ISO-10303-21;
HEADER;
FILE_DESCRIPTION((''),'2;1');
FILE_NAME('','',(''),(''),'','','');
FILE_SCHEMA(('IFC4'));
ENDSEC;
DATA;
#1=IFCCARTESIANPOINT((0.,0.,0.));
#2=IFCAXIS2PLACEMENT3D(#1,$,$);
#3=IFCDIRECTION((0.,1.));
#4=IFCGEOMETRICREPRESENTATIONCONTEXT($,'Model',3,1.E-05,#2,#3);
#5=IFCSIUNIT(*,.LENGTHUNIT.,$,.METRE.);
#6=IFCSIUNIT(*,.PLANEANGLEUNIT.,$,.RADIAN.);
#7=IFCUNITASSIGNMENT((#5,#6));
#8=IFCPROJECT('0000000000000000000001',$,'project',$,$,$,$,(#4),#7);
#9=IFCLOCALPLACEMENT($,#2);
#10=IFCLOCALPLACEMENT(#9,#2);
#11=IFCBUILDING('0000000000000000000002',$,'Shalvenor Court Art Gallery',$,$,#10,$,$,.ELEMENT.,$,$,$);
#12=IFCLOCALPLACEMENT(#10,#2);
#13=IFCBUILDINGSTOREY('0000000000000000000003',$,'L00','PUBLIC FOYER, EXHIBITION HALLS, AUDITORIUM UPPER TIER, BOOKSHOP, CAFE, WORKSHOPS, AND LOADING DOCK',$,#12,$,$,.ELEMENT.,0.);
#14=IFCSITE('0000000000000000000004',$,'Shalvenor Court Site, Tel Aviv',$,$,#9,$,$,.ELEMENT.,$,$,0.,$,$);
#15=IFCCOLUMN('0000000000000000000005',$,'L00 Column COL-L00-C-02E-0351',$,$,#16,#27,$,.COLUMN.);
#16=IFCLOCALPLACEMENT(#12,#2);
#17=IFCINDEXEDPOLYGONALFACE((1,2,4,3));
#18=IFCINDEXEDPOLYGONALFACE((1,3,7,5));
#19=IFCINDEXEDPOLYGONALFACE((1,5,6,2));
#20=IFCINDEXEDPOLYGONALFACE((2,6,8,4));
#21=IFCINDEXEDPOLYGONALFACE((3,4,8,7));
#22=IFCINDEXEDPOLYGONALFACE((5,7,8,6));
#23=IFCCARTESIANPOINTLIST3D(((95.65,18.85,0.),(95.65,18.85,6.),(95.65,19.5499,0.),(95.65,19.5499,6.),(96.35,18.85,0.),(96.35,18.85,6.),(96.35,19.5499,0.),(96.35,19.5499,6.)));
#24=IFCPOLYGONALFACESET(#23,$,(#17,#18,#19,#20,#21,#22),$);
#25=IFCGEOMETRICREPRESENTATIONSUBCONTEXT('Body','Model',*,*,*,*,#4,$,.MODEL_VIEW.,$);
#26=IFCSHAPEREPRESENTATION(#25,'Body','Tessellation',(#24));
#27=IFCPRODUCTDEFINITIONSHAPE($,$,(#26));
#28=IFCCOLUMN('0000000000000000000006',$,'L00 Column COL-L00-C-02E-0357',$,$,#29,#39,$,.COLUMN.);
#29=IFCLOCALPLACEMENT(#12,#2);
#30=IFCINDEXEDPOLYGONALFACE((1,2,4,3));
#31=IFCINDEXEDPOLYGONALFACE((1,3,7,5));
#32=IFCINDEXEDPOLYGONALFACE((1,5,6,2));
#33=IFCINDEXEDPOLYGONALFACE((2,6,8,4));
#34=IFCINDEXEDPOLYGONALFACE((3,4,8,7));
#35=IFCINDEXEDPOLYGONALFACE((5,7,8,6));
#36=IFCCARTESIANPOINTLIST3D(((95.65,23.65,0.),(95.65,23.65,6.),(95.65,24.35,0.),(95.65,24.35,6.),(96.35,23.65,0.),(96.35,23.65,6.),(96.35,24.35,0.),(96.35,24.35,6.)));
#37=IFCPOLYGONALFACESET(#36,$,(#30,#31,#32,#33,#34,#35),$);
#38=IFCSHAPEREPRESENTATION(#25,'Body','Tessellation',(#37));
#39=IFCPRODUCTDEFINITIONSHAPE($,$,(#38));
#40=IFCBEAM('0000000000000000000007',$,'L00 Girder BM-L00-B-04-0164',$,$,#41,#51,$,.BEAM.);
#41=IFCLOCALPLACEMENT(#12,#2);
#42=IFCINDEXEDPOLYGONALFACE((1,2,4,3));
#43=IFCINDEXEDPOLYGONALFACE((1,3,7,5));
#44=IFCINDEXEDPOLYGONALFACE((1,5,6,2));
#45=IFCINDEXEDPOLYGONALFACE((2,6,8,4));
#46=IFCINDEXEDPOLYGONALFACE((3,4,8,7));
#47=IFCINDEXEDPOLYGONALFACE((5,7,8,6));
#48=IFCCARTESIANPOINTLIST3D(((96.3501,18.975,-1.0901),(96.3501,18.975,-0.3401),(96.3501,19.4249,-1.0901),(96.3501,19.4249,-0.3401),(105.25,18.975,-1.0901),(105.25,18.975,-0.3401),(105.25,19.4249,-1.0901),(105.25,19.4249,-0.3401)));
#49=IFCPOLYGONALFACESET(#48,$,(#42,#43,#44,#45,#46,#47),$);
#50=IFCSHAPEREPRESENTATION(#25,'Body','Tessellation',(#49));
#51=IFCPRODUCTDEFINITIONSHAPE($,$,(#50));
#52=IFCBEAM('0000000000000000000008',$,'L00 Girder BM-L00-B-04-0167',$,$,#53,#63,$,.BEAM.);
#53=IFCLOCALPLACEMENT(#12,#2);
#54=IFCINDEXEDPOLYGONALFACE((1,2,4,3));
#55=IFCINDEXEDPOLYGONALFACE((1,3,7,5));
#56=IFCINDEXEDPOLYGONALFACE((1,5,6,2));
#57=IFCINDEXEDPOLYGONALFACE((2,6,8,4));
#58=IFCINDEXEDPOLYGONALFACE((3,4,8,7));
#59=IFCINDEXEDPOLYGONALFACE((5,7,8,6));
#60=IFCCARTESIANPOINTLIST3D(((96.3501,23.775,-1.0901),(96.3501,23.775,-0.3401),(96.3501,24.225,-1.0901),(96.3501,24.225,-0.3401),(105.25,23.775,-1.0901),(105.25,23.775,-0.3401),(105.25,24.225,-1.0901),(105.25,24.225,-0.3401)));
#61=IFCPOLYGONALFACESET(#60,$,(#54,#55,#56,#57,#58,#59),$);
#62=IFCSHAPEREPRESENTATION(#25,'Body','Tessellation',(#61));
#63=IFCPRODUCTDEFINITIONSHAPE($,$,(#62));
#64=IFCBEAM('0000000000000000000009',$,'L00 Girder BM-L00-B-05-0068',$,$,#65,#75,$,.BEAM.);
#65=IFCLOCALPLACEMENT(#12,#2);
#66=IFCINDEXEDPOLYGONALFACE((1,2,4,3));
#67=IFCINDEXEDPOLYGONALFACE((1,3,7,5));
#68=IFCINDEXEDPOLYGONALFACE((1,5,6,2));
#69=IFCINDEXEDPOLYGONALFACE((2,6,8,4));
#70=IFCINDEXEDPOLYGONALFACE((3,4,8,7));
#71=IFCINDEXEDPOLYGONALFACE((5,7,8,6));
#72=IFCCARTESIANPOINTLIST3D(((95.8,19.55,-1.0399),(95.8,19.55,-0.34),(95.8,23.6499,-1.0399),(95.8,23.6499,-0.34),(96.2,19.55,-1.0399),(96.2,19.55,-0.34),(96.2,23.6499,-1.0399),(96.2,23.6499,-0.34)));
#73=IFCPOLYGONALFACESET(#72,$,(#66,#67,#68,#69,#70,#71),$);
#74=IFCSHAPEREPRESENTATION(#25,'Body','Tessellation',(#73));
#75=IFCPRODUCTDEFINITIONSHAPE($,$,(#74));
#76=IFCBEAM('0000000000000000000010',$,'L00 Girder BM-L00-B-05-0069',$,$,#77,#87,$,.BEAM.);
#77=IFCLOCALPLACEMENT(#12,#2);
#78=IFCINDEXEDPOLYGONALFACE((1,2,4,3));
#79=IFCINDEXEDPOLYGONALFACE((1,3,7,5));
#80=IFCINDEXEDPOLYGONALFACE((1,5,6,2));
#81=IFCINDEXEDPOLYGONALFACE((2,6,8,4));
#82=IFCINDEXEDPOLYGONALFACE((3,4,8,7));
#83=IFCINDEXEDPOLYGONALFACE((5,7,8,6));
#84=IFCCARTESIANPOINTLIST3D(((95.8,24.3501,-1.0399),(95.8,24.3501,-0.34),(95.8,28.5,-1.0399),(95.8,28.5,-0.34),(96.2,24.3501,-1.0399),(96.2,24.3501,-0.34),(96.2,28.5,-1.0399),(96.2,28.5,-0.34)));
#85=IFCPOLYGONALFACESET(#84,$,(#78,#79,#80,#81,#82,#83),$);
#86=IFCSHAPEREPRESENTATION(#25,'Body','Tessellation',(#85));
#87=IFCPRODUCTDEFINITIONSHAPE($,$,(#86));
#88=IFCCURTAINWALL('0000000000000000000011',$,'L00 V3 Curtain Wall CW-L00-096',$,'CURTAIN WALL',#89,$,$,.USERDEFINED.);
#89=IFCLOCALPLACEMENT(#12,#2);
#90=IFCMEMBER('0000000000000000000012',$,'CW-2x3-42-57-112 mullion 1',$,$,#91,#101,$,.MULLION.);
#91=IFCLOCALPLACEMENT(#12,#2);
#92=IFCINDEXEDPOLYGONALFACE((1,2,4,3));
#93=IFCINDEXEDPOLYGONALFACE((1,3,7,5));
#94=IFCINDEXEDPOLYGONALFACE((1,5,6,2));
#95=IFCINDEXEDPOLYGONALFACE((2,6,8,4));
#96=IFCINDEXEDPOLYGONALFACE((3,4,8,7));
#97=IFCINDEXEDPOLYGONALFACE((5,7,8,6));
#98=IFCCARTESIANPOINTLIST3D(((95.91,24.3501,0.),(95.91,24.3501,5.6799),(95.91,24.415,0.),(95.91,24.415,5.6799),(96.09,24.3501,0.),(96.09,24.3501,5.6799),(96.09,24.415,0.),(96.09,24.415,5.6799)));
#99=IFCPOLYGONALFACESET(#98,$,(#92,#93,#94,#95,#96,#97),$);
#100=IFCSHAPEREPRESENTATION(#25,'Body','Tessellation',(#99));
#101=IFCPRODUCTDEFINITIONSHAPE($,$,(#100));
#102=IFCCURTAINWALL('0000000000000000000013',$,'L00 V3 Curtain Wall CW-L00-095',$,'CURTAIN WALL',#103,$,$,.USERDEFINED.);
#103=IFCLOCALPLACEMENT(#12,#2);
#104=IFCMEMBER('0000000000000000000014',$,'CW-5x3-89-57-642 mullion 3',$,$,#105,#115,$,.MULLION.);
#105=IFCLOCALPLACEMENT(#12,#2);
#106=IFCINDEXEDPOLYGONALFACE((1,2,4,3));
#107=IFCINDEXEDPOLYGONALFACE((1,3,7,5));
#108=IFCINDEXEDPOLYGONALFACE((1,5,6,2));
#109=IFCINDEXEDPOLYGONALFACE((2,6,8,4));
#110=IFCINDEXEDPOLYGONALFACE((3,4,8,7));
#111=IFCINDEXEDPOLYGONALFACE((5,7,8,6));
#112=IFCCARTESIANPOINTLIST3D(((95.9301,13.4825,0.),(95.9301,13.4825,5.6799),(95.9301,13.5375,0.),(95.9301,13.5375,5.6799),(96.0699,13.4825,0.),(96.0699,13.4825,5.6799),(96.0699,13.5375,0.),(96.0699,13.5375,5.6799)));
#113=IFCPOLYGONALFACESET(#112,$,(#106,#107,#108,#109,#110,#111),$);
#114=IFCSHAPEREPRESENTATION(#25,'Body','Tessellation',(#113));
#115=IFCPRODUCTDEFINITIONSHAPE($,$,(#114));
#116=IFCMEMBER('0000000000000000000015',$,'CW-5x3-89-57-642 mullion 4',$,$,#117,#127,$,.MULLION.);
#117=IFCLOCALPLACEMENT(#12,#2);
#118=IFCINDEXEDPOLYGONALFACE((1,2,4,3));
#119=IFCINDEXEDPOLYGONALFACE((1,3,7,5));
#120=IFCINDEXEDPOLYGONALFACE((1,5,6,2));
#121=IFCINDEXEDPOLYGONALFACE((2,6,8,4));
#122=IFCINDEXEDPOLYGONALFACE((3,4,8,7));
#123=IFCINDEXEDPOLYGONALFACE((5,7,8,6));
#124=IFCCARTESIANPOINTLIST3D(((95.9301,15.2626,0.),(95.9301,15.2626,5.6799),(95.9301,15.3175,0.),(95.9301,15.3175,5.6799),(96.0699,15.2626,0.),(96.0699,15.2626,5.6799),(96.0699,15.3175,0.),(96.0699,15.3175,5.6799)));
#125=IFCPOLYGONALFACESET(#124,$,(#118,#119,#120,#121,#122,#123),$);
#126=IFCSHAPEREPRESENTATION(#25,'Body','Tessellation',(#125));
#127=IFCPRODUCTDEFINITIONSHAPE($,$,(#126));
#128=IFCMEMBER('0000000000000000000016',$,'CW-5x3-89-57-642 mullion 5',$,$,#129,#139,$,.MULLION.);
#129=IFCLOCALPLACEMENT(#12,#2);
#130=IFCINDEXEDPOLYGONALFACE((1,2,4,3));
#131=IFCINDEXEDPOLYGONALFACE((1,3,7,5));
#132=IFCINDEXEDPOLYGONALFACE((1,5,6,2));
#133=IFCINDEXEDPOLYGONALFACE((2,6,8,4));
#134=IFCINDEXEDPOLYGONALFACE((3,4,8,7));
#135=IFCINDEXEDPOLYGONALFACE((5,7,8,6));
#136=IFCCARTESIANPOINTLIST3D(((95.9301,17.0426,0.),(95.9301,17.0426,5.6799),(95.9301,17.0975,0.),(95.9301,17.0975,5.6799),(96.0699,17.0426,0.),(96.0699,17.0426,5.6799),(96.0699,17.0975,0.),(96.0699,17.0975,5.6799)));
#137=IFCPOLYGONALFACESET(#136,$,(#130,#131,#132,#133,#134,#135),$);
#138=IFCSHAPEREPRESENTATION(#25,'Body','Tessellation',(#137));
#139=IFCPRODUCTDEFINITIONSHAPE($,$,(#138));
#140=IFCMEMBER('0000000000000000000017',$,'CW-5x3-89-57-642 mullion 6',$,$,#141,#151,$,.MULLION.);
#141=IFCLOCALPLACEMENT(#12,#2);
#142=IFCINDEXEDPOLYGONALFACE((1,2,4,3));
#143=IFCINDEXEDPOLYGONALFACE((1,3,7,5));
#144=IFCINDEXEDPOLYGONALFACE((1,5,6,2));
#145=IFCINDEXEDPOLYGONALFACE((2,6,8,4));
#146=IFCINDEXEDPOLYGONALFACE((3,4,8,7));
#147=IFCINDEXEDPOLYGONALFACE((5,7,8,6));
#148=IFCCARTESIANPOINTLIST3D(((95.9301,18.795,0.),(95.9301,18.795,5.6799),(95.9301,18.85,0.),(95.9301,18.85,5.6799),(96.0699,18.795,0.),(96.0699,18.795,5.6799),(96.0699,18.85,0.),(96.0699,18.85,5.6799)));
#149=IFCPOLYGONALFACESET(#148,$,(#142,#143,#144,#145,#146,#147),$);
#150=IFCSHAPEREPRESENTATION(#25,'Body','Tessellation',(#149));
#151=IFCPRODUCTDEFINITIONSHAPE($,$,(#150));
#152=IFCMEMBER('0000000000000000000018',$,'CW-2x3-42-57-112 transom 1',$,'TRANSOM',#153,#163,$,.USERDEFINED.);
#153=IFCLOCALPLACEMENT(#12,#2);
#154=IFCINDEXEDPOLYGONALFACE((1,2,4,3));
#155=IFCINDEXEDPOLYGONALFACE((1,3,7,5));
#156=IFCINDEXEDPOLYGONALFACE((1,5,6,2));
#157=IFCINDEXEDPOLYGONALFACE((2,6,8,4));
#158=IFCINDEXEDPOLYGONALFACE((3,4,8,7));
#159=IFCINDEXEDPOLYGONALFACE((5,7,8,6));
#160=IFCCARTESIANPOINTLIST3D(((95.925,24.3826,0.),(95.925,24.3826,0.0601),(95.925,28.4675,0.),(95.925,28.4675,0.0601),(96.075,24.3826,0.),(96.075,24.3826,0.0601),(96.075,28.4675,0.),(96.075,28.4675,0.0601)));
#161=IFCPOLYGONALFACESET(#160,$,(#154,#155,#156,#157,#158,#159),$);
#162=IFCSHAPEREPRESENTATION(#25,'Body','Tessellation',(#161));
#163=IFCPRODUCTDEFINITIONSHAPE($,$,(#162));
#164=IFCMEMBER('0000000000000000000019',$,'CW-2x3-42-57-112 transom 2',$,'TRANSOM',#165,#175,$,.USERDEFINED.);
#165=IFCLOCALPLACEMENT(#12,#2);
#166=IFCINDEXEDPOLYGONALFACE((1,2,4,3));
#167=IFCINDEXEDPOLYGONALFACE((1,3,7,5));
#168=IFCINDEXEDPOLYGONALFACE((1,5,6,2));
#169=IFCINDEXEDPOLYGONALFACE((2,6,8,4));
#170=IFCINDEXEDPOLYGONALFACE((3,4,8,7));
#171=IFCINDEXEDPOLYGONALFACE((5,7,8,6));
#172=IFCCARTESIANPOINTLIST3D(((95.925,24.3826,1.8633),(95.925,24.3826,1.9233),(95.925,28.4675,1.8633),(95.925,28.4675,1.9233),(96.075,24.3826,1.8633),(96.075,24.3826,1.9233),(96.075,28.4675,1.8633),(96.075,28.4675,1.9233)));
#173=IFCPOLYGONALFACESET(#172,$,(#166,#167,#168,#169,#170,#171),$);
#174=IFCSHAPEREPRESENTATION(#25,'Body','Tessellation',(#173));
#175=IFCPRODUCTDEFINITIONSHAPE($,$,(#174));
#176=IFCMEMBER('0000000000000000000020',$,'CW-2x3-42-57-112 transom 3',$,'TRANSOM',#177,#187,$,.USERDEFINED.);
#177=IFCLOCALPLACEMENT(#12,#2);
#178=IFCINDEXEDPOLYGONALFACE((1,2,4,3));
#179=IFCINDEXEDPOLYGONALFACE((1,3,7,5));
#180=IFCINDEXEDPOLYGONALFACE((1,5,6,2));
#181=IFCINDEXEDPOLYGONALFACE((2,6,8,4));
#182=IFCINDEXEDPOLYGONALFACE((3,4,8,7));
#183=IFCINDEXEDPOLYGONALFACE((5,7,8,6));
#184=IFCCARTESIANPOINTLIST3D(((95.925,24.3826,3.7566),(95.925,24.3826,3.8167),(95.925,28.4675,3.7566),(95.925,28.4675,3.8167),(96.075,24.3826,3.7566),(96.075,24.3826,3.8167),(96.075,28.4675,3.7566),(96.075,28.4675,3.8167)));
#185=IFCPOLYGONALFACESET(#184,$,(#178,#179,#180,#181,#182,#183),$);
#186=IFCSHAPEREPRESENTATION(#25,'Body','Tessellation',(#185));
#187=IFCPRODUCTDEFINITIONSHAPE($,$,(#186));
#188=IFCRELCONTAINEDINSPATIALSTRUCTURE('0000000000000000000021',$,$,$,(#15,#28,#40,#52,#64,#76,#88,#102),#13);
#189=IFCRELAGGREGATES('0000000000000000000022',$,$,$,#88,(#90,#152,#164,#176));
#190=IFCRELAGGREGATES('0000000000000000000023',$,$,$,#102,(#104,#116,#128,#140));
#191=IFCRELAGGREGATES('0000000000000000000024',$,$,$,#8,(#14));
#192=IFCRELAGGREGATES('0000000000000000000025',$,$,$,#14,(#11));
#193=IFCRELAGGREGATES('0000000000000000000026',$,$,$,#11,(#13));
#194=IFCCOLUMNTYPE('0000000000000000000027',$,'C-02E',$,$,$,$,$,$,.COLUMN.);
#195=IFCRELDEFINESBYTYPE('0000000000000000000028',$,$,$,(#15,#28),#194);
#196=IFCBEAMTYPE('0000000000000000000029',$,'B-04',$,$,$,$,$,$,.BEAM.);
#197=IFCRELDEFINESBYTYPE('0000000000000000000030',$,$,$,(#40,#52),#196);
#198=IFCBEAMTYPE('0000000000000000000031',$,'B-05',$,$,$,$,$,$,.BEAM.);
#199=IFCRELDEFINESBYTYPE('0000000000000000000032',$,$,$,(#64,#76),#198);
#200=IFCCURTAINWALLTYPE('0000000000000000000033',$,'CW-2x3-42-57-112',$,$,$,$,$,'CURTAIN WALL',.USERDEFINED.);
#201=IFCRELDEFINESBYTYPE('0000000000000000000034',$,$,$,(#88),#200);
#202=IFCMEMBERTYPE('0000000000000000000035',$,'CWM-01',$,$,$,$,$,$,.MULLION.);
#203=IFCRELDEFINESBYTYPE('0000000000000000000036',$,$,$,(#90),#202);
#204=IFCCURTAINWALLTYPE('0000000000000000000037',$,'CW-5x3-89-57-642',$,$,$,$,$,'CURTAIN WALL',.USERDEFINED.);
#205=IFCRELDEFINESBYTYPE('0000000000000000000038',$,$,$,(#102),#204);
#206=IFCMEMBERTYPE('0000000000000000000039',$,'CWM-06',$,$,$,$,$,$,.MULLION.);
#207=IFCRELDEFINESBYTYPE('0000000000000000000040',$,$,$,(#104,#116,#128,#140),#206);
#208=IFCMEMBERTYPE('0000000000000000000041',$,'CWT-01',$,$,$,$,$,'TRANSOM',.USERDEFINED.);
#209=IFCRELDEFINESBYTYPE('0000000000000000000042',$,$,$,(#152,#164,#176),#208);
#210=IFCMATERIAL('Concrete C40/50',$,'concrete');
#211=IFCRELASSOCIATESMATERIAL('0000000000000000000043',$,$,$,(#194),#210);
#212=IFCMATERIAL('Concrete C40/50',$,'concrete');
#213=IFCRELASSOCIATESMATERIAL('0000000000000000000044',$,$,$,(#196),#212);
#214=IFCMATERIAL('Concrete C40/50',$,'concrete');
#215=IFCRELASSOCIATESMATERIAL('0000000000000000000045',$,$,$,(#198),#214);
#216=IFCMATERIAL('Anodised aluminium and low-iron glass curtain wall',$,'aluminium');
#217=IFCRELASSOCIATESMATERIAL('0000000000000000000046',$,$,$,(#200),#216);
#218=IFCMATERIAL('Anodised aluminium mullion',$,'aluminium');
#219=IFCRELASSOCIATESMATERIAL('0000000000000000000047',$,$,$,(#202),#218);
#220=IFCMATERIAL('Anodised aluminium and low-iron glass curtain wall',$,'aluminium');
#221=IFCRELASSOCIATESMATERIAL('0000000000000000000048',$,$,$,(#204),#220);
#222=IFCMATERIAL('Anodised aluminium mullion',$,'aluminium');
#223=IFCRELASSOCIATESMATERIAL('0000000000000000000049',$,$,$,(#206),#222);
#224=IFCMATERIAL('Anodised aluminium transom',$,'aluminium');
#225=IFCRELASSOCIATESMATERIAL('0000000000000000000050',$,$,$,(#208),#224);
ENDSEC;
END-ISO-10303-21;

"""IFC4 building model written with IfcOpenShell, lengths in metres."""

from ifc_helpers import new_model, si_unit, direction, frame, origin, origin_2d, place, context, subcontext, project, spatial, rectangle, extrude, material, material_profile, profile_set, type_object, element, aggregate, save


model = new_model("IFC4")

# Units and contexts
model_context = context("Model", 3, precision=1e-05, world=origin(), true_north=direction((0.0, 1.0)))
body_context = subcontext(model_context, "Body", "Model", "MODEL_VIEW")
ifc_project = project(units=[si_unit("LENGTHUNIT", "METRE"), si_unit("PLANEANGLEUNIT", "RADIAN")], contexts=[model_context])

# Site, building, storey
site_placement = place(None, origin())
site = spatial("IfcSite", under=ifc_project, at=site_placement, Name="Shalvenor Court Site, Tel Aviv", CompositionType="ELEMENT", RefElevation=0.0)
building_placement = place(site_placement, origin())
building = spatial("IfcBuilding", under=site, at=building_placement, Name="Shalvenor Court Art Gallery", CompositionType="ELEMENT")
storey_placement = place(building_placement, origin())
storey = spatial("IfcBuildingStorey", under=building, at=storey_placement, Name="L00", Description="PUBLIC FOYER, EXHIBITION HALLS, AUDITORIUM UPPER TIER, BOOKSHOP, CAFE, WORKSHOPS, AND LOADING DOCK", CompositionType="ELEMENT", Elevation=0.0)

# Columns
ifc_material_1 = material(Name="Concrete C40/50", Category="concrete")
ifc_material_profile_1 = material_profile(ifc_material_1, rectangle(XDim=0.7, YDim=0.7, at=origin_2d()), Name="RC 700x700")
ifc_profile_set_1 = profile_set([ifc_material_profile_1], Name="Concrete C40/50")
column_type = type_object("IfcColumnType", Name="C-02E", PredefinedType="COLUMN", material=ifc_profile_set_1)
for number, where, z_axis, x_axis, name in (
    (1, (96.0, 19.2, 0.0), (0.0, 0.0, 1.0), (1.0, 0.0, 0.0), "L00 Column COL-L00-C-02E-0351"),
    (2, (96.0, 24.0, 0.0), (0.0, 0.0, 1.0), (1.0, 0.0, 0.0), "L00 Column COL-L00-C-02E-0357"),
):
    element("IfcColumn", number, at=place(storey_placement, frame(where, z_axis=z_axis, x_axis=x_axis)), inside=storey, type_object=column_type, Name=name, PredefinedType="COLUMN", context=body_context, shape_type="SweptSolid", body=[
        extrude(rectangle(XDim=0.7, YDim=0.7, at=origin_2d()), origin(), (0.0, 0.0, 1.0), 6.0),
    ])

# Beams
ifc_material_2 = material(Name="Concrete C40/50", Category="concrete")
ifc_material_profile_2 = material_profile(ifc_material_2, rectangle(XDim=0.45, YDim=0.75, at=origin_2d()), Name="RC 450x750")
ifc_profile_set_2 = profile_set([ifc_material_profile_2], Name="Concrete C40/50")
beam_type_1 = type_object("IfcBeamType", Name="B-04", PredefinedType="BEAM", material=ifc_profile_set_2)
for number, where, z_axis, x_axis, name in (
    (3, (96.3501, 19.2, -0.7151), (1.0, 0.0, 0.0), (0.0, 1.0, 0.0), "L00 Girder BM-L00-B-04-0164"),
    (4, (96.3501, 24.0, -0.7151), (1.0, 0.0, 0.0), (0.0, 1.0, 0.0), "L00 Girder BM-L00-B-04-0167"),
):
    element("IfcBeam", number, at=place(storey_placement, frame(where, z_axis=z_axis, x_axis=x_axis)), inside=storey, type_object=beam_type_1, Name=name, PredefinedType="BEAM", context=body_context, shape_type="SweptSolid", body=[
        extrude(rectangle(XDim=0.45, YDim=0.75, at=origin_2d()), origin(), (0.0, 0.0, 1.0), 8.8999),
    ])
ifc_material_3 = material(Name="Concrete C40/50", Category="concrete")
ifc_material_profile_3 = material_profile(ifc_material_3, rectangle(XDim=0.3999, YDim=0.7, at=origin_2d()), Name="RC 400x700")
ifc_profile_set_3 = profile_set([ifc_material_profile_3], Name="Concrete C40/50")
beam_type_2 = type_object("IfcBeamType", Name="B-05", PredefinedType="BEAM", material=ifc_profile_set_3)
beam_1_placement = place(storey_placement, frame((96.0, 19.55, -0.6899), z_axis=(0.0, 1.0, 0.0), x_axis=(-1.0, 0.0, 0.0)))
element("IfcBeam", 5, at=beam_1_placement, inside=storey, type_object=beam_type_2, Name="L00 Girder BM-L00-B-05-0068", PredefinedType="BEAM", context=body_context, shape_type="SweptSolid", body=[
    extrude(rectangle(XDim=0.3999, YDim=0.7, at=origin_2d()), origin(), (0.0, 0.0, 1.0), 4.0999),
])
beam_2_placement = place(storey_placement, frame((96.0, 24.3501, -0.6899), z_axis=(0.0, 1.0, 0.0), x_axis=(-1.0, 0.0, 0.0)))
element("IfcBeam", 6, at=beam_2_placement, inside=storey, type_object=beam_type_2, Name="L00 Girder BM-L00-B-05-0069", PredefinedType="BEAM", context=body_context, shape_type="SweptSolid", body=[
    extrude(rectangle(XDim=0.3999, YDim=0.7, at=origin_2d()), origin(), (0.0, 0.0, 1.0), 4.1499),
])

# Curtain wall, member
ifc_material_4 = material(Name="Anodised aluminium and low-iron glass curtain wall", Category="aluminium")
curtain_wall_type_1 = type_object("IfcCurtainWallType", Name="CW-2x3-42-57-112", ElementType="CURTAIN WALL", PredefinedType="USERDEFINED", material=ifc_material_4)
curtain_wall_1_placement = place(storey_placement, origin())
curtain_wall_1 = element("IfcCurtainWall", 7, at=curtain_wall_1_placement, inside=storey, type_object=curtain_wall_type_1, Name="L00 V3 Curtain Wall CW-L00-096", ObjectType="CURTAIN WALL", PredefinedType="USERDEFINED")
ifc_material_5 = material(Name="Anodised aluminium mullion", Category="aluminium")
ifc_material_profile_4 = material_profile(ifc_material_5, rectangle(XDim=0.0649, YDim=0.1799, at=origin_2d()), Name="CWM-01")
ifc_profile_set_4 = profile_set([ifc_material_profile_4], Name="Anodised aluminium mullion")
member_type_1 = type_object("IfcMemberType", Name="CWM-01", PredefinedType="MULLION", material=ifc_profile_set_4)
member_1_placement = place(storey_placement, frame((96.0, 24.3826, 0.0), z_axis=(0.0, 0.0, 1.0), x_axis=(0.0, 1.0, 0.0)))
member_1 = element("IfcMember", 8, at=member_1_placement, type_object=member_type_1, Name="CW-2x3-42-57-112 mullion 1", PredefinedType="MULLION", context=body_context, shape_type="SweptSolid", body=[
    extrude(rectangle(XDim=0.0649, YDim=0.1799, at=origin_2d()), origin(), (0.0, 0.0, 1.0), 5.6799),
])

# Curtain wall, members
ifc_material_6 = material(Name="Anodised aluminium and low-iron glass curtain wall", Category="aluminium")
curtain_wall_type_2 = type_object("IfcCurtainWallType", Name="CW-5x3-89-57-642", ElementType="CURTAIN WALL", PredefinedType="USERDEFINED", material=ifc_material_6)
curtain_wall_2_placement = place(storey_placement, origin())
curtain_wall_2 = element("IfcCurtainWall", 9, at=curtain_wall_2_placement, inside=storey, type_object=curtain_wall_type_2, Name="L00 V3 Curtain Wall CW-L00-095", ObjectType="CURTAIN WALL", PredefinedType="USERDEFINED")
ifc_material_7 = material(Name="Anodised aluminium mullion", Category="aluminium")
ifc_material_profile_5 = material_profile(ifc_material_7, rectangle(XDim=0.0549, YDim=0.1399, at=origin_2d()), Name="CWM-06")
ifc_profile_set_5 = profile_set([ifc_material_profile_5], Name="Anodised aluminium mullion")
member_type_2 = type_object("IfcMemberType", Name="CWM-06", PredefinedType="MULLION", material=ifc_profile_set_5)
member_2_placement = place(storey_placement, frame((96.0, 13.51, 0.0), z_axis=(0.0, 0.0, 1.0), x_axis=(0.0, 1.0, 0.0)))
member_2 = element("IfcMember", 10, at=member_2_placement, type_object=member_type_2, Name="CW-5x3-89-57-642 mullion 3", PredefinedType="MULLION", context=body_context, shape_type="SweptSolid", body=[
    extrude(rectangle(XDim=0.0549, YDim=0.1399, at=origin_2d()), origin(), (0.0, 0.0, 1.0), 5.6799),
])
member_3_placement = place(storey_placement, frame((96.0, 15.29, 0.0), z_axis=(0.0, 0.0, 1.0), x_axis=(0.0, 1.0, 0.0)))
member_3 = element("IfcMember", 11, at=member_3_placement, type_object=member_type_2, Name="CW-5x3-89-57-642 mullion 4", PredefinedType="MULLION", context=body_context, shape_type="SweptSolid", body=[
    extrude(rectangle(XDim=0.0549, YDim=0.1399, at=origin_2d()), origin(), (0.0, 0.0, 1.0), 5.6799),
])
member_4_placement = place(storey_placement, frame((96.0, 17.0701, 0.0), z_axis=(0.0, 0.0, 1.0), x_axis=(0.0, 1.0, 0.0)))
member_4 = element("IfcMember", 12, at=member_4_placement, type_object=member_type_2, Name="CW-5x3-89-57-642 mullion 5", PredefinedType="MULLION", context=body_context, shape_type="SweptSolid", body=[
    extrude(rectangle(XDim=0.0549, YDim=0.1399, at=origin_2d()), origin(), (0.0, 0.0, 1.0), 5.6799),
])
member_5_placement = place(storey_placement, frame((96.0, 18.8225, 0.0), z_axis=(0.0, 0.0, 1.0), x_axis=(0.0, 1.0, 0.0)))
member_5 = element("IfcMember", 13, at=member_5_placement, type_object=member_type_2, Name="CW-5x3-89-57-642 mullion 6", PredefinedType="MULLION", context=body_context, shape_type="SweptSolid", body=[
    extrude(rectangle(XDim=0.0549, YDim=0.1399, at=origin_2d()), origin(), (0.0, 0.0, 1.0), 5.6799),
])

# Members
ifc_material_8 = material(Name="Anodised aluminium transom", Category="aluminium")
ifc_material_profile_6 = material_profile(ifc_material_8, rectangle(XDim=0.1499, YDim=0.0601, at=origin_2d()), Name="CWT-01")
ifc_profile_set_6 = profile_set([ifc_material_profile_6], Name="Anodised aluminium transom")
member_type_3 = type_object("IfcMemberType", Name="CWT-01", ElementType="TRANSOM", PredefinedType="USERDEFINED", material=ifc_profile_set_6)
member_6_placement = place(storey_placement, frame((96.0, 24.3826, 0.03), z_axis=(0.0, 1.0, 0.0), x_axis=(-1.0, 0.0, 0.0)))
member_6 = element("IfcMember", 14, at=member_6_placement, type_object=member_type_3, Name="CW-2x3-42-57-112 transom 1", ObjectType="TRANSOM", PredefinedType="USERDEFINED", context=body_context, shape_type="SweptSolid", body=[
    extrude(rectangle(XDim=0.1499, YDim=0.0601, at=origin_2d()), origin(), (0.0, 0.0, 1.0), 4.085),
])
member_7_placement = place(storey_placement, frame((96.0, 24.3826, 1.8933), z_axis=(0.0, 1.0, 0.0), x_axis=(-1.0, 0.0, 0.0)))
member_7 = element("IfcMember", 15, at=member_7_placement, type_object=member_type_3, Name="CW-2x3-42-57-112 transom 2", ObjectType="TRANSOM", PredefinedType="USERDEFINED", context=body_context, shape_type="SweptSolid", body=[
    extrude(rectangle(XDim=0.1499, YDim=0.0601, at=origin_2d()), origin(), (0.0, 0.0, 1.0), 4.085),
])
member_8_placement = place(storey_placement, frame((96.0, 24.3826, 3.7866), z_axis=(0.0, 1.0, 0.0), x_axis=(-1.0, 0.0, 0.0)))
member_8 = element("IfcMember", 16, at=member_8_placement, type_object=member_type_3, Name="CW-2x3-42-57-112 transom 3", ObjectType="TRANSOM", PredefinedType="USERDEFINED", context=body_context, shape_type="SweptSolid", body=[
    extrude(rectangle(XDim=0.1499, YDim=0.0601, at=origin_2d()), origin(), (0.0, 0.0, 1.0), 4.085),
])
aggregate(curtain_wall_1, [member_1, member_6, member_7, member_8])

aggregate(curtain_wall_2, [member_2, member_3, member_4, member_5])

save(model, "model.ifc")
